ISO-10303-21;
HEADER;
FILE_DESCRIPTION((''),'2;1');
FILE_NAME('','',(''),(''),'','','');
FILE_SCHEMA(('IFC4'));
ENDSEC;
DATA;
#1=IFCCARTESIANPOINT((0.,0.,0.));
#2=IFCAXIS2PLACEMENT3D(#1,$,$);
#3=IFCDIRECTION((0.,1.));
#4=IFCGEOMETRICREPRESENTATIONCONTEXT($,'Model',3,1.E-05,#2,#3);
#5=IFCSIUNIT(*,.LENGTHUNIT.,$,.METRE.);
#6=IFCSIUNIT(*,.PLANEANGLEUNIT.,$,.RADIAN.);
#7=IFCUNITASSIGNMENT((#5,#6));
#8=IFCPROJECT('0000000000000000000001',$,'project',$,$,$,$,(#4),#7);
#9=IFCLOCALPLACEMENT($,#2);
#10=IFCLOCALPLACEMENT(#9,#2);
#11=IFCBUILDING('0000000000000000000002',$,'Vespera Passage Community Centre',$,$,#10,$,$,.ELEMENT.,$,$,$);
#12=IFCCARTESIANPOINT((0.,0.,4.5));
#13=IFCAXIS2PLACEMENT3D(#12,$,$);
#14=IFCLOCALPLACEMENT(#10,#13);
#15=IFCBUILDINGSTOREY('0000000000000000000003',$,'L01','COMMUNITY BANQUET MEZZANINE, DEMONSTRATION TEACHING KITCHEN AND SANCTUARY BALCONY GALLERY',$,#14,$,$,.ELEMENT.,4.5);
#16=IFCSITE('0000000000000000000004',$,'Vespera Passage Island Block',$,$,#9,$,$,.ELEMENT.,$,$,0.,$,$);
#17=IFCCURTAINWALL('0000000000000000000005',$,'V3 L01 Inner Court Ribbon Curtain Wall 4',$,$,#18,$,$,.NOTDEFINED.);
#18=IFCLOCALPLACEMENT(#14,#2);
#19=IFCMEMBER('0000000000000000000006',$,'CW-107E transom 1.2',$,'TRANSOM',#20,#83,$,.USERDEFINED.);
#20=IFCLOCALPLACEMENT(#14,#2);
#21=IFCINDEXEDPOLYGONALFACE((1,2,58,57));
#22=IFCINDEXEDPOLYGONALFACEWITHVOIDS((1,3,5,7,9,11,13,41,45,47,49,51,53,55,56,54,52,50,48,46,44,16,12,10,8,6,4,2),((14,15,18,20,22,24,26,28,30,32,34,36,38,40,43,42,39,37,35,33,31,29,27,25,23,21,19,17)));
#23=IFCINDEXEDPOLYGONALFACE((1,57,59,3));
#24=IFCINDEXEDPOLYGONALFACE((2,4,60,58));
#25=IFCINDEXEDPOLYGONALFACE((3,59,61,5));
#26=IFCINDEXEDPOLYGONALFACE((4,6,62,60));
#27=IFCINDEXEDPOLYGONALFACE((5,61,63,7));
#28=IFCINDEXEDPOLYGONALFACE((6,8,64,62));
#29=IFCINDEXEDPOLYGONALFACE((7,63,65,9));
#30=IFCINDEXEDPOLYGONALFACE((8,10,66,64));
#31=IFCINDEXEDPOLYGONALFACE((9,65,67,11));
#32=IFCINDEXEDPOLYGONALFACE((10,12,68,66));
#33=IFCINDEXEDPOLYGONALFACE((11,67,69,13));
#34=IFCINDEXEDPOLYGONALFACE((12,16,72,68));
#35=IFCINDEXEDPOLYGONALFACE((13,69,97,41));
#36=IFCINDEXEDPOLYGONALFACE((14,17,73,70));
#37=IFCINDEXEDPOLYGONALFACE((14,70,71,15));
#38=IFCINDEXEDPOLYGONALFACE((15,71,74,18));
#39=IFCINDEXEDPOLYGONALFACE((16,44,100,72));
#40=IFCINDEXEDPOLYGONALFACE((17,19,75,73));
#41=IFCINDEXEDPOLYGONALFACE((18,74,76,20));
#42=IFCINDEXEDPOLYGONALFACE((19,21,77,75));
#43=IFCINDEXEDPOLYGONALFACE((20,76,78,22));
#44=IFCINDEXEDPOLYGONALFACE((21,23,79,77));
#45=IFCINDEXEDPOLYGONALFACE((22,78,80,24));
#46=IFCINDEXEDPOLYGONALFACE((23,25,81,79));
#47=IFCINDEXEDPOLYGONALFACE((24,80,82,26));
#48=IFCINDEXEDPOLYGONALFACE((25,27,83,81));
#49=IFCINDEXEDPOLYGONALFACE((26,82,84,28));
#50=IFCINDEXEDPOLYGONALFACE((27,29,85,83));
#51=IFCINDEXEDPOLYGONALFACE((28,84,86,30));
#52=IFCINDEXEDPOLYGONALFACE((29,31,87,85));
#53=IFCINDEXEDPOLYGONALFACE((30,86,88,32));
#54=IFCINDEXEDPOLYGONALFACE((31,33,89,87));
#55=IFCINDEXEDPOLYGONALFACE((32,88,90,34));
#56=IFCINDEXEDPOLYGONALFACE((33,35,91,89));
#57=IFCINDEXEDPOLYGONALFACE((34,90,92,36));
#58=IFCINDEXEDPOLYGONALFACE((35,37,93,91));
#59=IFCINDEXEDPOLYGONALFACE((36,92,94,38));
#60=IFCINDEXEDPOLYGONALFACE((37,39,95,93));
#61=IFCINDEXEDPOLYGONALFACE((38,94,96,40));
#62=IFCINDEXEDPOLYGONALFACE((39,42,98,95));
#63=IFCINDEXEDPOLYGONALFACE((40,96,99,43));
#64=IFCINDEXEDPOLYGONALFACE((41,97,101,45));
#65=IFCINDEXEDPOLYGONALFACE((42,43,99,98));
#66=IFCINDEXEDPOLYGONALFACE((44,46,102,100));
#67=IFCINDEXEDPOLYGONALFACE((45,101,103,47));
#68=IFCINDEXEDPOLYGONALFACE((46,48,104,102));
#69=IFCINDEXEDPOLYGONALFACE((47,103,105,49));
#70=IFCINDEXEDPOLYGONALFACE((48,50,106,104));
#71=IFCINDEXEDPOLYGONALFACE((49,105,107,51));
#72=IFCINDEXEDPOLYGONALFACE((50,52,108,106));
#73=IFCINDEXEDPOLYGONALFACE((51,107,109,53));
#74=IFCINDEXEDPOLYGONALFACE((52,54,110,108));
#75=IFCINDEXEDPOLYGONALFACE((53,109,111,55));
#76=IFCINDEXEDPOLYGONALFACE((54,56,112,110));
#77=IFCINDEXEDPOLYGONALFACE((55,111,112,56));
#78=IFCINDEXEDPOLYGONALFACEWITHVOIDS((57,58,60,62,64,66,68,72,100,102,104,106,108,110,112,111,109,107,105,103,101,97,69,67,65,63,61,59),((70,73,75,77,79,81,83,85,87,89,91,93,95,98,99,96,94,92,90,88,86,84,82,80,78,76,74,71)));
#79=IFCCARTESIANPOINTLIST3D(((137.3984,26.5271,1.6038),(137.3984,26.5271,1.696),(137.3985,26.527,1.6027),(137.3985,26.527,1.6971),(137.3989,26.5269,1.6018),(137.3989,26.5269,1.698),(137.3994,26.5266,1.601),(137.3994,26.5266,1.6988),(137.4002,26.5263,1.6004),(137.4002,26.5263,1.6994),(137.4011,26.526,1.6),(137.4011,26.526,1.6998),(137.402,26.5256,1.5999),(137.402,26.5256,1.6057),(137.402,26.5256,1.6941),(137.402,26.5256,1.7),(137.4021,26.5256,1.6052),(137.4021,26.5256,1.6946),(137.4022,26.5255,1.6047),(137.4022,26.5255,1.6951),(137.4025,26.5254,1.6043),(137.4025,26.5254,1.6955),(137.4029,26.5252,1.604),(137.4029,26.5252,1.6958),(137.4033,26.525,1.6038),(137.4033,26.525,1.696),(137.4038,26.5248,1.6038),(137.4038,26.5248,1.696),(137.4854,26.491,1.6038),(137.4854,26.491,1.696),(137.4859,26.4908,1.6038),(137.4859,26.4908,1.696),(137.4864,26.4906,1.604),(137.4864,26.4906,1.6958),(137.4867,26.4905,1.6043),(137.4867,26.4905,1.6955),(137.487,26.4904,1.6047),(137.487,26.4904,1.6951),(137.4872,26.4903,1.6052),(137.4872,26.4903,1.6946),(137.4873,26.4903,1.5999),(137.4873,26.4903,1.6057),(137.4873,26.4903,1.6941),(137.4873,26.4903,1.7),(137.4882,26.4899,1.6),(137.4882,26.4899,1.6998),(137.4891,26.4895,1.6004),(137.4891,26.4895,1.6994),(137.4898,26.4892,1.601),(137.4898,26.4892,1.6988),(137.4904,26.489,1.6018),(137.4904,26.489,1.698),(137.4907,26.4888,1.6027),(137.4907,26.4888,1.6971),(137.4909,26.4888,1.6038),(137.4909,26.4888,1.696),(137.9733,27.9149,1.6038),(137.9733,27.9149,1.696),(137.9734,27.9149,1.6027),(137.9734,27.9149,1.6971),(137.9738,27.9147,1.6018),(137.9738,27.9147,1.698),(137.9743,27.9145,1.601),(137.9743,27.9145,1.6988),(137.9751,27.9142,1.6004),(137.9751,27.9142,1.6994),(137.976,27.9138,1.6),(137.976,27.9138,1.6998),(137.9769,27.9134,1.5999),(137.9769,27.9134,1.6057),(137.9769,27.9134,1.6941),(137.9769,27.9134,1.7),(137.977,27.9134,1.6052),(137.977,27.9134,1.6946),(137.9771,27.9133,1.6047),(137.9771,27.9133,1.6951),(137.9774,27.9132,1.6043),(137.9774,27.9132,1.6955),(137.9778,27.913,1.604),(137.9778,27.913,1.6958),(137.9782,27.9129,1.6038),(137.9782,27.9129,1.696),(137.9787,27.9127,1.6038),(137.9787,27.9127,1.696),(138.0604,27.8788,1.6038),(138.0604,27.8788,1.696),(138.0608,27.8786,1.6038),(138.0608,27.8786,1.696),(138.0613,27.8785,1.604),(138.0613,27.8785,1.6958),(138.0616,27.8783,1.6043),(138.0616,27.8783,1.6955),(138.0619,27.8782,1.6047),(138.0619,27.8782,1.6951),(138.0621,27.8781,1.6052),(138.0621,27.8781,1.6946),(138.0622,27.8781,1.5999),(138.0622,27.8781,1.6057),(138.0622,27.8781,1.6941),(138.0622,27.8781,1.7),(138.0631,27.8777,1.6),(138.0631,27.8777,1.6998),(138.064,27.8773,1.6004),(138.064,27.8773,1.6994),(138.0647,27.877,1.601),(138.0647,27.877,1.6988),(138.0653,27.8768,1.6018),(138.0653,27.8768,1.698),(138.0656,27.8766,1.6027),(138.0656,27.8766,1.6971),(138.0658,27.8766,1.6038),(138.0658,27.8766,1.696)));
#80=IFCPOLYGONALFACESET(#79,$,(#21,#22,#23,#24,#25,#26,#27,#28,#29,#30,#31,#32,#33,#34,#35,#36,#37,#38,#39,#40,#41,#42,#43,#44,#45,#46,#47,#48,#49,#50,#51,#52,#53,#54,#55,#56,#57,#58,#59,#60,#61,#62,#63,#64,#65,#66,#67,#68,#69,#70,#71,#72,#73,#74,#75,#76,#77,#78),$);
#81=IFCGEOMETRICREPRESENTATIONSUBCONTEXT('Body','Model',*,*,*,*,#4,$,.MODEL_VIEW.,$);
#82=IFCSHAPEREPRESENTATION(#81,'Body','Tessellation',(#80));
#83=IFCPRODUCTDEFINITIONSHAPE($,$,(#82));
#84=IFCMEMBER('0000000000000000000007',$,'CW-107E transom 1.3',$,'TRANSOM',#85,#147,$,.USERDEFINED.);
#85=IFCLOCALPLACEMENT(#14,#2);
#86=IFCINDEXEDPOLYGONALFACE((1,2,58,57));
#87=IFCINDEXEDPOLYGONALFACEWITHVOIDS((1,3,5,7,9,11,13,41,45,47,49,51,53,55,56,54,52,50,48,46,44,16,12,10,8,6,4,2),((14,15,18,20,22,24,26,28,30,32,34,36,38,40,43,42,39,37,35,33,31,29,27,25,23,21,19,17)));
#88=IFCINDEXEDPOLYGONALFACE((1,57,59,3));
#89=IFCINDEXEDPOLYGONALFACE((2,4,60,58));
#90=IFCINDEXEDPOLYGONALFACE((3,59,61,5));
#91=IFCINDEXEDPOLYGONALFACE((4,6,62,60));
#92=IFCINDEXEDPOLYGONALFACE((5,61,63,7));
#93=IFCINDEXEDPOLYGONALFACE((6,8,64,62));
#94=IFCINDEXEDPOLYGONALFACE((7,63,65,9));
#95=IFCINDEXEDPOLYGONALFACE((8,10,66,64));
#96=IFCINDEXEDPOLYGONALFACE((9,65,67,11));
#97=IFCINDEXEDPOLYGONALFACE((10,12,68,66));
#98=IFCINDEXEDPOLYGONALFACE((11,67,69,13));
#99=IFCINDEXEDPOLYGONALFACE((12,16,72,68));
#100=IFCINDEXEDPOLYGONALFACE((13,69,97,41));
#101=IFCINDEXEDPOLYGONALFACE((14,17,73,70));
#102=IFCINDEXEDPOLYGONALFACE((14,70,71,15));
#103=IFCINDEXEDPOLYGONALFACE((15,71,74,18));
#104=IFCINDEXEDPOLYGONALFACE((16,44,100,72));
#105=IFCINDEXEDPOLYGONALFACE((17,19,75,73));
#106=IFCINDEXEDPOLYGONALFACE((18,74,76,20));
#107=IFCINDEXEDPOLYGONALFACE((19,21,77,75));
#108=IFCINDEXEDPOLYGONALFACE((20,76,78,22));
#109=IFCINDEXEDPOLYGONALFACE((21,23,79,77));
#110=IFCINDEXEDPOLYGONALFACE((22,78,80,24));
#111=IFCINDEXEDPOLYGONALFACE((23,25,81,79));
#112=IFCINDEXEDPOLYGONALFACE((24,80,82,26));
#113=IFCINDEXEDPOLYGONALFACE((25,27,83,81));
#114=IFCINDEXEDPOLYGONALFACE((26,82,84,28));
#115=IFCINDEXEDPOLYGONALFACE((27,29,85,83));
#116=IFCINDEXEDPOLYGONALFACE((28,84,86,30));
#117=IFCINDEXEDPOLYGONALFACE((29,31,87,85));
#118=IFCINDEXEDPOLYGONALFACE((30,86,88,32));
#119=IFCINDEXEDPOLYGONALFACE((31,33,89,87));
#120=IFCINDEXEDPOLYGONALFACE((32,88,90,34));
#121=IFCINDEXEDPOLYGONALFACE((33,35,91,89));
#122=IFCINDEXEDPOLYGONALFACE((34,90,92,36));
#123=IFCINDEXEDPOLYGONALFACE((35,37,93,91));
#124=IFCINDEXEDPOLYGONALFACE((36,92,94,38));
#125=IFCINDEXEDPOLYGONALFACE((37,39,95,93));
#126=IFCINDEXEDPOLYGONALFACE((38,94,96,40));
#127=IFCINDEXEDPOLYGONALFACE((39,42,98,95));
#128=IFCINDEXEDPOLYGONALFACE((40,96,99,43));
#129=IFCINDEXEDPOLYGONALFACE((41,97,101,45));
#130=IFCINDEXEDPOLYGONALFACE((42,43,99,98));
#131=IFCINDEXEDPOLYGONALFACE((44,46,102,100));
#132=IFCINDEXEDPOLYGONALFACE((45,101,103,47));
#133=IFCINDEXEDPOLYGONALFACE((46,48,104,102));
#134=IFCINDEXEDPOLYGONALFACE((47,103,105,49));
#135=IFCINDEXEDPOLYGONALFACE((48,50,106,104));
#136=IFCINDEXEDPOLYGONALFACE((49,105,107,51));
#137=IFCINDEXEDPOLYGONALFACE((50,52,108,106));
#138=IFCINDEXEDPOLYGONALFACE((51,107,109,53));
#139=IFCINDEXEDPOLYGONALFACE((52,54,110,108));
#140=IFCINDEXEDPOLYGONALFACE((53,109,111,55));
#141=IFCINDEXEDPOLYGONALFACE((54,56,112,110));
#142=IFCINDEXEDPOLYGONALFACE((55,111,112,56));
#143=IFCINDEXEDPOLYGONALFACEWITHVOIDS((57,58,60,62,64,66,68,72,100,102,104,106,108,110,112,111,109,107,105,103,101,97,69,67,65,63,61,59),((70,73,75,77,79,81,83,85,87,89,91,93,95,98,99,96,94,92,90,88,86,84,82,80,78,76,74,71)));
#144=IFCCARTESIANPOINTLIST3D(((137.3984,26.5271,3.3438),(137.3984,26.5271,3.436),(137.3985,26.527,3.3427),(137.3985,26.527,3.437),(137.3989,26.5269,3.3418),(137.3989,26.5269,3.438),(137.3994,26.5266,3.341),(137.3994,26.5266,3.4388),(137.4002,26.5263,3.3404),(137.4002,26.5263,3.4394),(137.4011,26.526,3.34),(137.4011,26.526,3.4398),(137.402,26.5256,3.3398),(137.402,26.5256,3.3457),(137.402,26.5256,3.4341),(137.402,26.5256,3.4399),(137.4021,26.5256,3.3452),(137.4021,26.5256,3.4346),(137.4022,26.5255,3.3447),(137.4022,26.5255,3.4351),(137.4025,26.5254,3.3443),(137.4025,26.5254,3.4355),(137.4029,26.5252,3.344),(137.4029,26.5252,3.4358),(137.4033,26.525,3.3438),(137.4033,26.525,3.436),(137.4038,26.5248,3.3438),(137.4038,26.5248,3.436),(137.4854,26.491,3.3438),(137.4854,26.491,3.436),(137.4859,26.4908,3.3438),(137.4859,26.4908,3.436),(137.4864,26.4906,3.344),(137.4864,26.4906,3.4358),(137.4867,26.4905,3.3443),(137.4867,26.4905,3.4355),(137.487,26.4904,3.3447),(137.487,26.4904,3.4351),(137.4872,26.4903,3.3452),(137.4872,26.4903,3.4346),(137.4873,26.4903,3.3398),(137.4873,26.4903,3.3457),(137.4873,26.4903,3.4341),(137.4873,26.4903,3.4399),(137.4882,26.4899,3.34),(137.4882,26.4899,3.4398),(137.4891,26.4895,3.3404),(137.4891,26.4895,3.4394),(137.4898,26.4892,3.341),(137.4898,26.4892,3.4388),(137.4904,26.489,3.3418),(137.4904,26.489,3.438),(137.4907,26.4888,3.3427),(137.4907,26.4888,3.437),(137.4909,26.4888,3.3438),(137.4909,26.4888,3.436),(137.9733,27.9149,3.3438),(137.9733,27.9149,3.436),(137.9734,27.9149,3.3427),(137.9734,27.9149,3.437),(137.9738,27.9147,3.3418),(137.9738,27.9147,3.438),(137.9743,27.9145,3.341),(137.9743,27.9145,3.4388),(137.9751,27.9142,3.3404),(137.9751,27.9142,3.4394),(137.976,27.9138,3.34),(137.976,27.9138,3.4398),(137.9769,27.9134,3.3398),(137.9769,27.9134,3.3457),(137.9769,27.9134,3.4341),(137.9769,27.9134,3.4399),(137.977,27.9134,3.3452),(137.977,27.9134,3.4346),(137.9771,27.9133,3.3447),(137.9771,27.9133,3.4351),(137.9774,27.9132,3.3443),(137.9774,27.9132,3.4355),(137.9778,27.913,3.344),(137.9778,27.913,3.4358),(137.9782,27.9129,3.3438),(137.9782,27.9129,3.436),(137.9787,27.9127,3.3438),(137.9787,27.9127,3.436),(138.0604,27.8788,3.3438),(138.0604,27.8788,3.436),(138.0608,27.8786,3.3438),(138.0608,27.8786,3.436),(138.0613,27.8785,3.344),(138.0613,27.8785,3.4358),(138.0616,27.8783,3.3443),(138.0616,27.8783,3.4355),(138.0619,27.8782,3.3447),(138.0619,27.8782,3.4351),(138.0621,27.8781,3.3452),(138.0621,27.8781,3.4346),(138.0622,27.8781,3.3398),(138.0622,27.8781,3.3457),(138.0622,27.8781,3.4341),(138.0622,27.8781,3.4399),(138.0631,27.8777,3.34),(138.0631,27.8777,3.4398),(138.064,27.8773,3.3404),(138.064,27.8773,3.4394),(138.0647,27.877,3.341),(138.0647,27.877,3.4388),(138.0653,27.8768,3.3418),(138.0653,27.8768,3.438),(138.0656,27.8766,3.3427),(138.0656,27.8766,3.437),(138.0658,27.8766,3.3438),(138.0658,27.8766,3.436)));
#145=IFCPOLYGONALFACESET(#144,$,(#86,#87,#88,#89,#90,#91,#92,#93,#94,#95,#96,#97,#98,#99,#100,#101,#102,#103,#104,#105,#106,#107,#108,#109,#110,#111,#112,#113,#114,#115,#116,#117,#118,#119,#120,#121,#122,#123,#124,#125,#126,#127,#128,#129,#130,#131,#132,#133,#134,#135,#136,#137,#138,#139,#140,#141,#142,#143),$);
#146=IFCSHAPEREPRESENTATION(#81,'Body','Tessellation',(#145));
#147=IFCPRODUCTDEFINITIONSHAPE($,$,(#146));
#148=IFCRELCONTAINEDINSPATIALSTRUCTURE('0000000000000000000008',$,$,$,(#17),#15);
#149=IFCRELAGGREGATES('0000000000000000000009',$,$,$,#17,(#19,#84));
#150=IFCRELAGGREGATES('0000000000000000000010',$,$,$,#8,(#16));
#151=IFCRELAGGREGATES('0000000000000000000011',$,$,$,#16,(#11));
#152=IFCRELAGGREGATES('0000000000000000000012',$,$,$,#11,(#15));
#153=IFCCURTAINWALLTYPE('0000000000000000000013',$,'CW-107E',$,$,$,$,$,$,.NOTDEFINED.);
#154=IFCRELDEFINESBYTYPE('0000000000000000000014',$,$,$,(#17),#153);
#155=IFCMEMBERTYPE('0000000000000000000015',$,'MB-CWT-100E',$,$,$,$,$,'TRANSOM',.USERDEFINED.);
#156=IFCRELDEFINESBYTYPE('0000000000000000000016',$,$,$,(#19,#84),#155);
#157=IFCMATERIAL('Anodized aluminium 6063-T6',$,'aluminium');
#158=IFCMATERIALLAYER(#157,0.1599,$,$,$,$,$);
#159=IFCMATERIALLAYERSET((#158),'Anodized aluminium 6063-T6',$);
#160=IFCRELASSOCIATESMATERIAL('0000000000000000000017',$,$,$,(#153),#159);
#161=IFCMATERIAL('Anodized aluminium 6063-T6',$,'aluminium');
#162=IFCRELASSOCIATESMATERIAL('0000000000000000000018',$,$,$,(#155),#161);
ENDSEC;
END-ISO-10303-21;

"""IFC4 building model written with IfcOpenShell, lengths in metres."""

from ifc_helpers import new_model, si_unit, direction, frame, origin, origin_2d, place, context, subcontext, project, spatial, hollow_rectangle, extrude, material, layer, layer_set, material_profile, profile_set, type_object, element, aggregate, save


model = new_model("IFC4")

# Units and contexts
model_context = context("Model", 3, precision=1e-05, world=origin(), true_north=direction((0.0, 1.0)))
body_context = subcontext(model_context, "Body", "Model", "MODEL_VIEW")
ifc_project = project(units=[si_unit("LENGTHUNIT", "METRE"), si_unit("PLANEANGLEUNIT", "RADIAN")], contexts=[model_context])

# Site, building, storey
site_placement = place(None, origin())
site = spatial("IfcSite", under=ifc_project, at=site_placement, Name="Vespera Passage Island Block", CompositionType="ELEMENT", RefElevation=0.0)
building_placement = place(site_placement, origin())
building = spatial("IfcBuilding", under=site, at=building_placement, Name="Vespera Passage Community Centre", CompositionType="ELEMENT")
storey_placement = place(building_placement, frame((0.0, 0.0, 4.5)))
storey = spatial("IfcBuildingStorey", under=building, at=storey_placement, Name="L01", Description="COMMUNITY BANQUET MEZZANINE, DEMONSTRATION TEACHING KITCHEN AND SANCTUARY BALCONY GALLERY", CompositionType="ELEMENT", Elevation=4.5)

# Shared definitions
ifc_material_1 = material(Name="Anodized aluminium 6063-T6", Category="aluminium")
ifc_layer_1 = layer(ifc_material_1, 0.1599)
ifc_layer_set_1 = layer_set([ifc_layer_1], Name="Anodized aluminium 6063-T6")
curtain_wall_type = type_object("IfcCurtainWallType", Name="CW-107E", PredefinedType="NOTDEFINED", material=ifc_layer_set_1)

# Curtain wall
curtain_wall_1_placement = place(storey_placement, origin())
curtain_wall_1 = element("IfcCurtainWall", 1, at=curtain_wall_1_placement, inside=storey, type_object=curtain_wall_type, Name="V3 L01 Inner Court Ribbon Curtain Wall 4", PredefinedType="NOTDEFINED")

# Members
ifc_material_2 = material(Name="Anodized aluminium 6063-T6", Category="aluminium")
ifc_material_profile_1 = material_profile(ifc_material_2, hollow_rectangle(XDim=0.1001, YDim=0.1001, WallThickness=0.0039, InnerFilletRadius=0.002, OuterFilletRadius=0.0039, at=origin_2d()), Name="ALU100X100X4")
ifc_profile_set_1 = profile_set([ifc_material_profile_1], Name="Anodized aluminium 6063-T6")
member_type_1 = type_object("IfcMemberType", Name="MB-CWT-100E", ElementType="TRANSOM", PredefinedType="USERDEFINED", material=ifc_profile_set_1)
member_1_placement = place(storey_placement, frame((138.0195, 27.8958, 1.6499), z_axis=(-0.382711, -0.923868, 0.0), x_axis=(0.923868, -0.382711, 0.0)))
member_1 = element("IfcMember", 2, at=member_1_placement, type_object=member_type_1, Name="CW-107E transom 1.2", ObjectType="TRANSOM", PredefinedType="USERDEFINED", context=body_context, shape_type="SweptSolid", body=[
    extrude(hollow_rectangle(XDim=0.1001, YDim=0.1001, WallThickness=0.0039, InnerFilletRadius=0.002, OuterFilletRadius=0.0039, at=origin_2d()), origin(), (0.0, 0.0, 1.0), 1.5022),
])
member_2_placement = place(storey_placement, frame((138.0195, 27.8958, 3.3899), z_axis=(-0.382711, -0.923868, 0.0), x_axis=(0.923868, -0.382711, 0.0)))
member_2 = element("IfcMember", 3, at=member_2_placement, type_object=member_type_1, Name="CW-107E transom 1.3", ObjectType="TRANSOM", PredefinedType="USERDEFINED", context=body_context, shape_type="SweptSolid", body=[
    extrude(hollow_rectangle(XDim=0.1001, YDim=0.1001, WallThickness=0.0039, InnerFilletRadius=0.002, OuterFilletRadius=0.0039, at=origin_2d()), origin(), (0.0, 0.0, 1.0), 1.5022),
])
aggregate(curtain_wall_1, [member_1, member_2])

save(model, "model.ifc")
